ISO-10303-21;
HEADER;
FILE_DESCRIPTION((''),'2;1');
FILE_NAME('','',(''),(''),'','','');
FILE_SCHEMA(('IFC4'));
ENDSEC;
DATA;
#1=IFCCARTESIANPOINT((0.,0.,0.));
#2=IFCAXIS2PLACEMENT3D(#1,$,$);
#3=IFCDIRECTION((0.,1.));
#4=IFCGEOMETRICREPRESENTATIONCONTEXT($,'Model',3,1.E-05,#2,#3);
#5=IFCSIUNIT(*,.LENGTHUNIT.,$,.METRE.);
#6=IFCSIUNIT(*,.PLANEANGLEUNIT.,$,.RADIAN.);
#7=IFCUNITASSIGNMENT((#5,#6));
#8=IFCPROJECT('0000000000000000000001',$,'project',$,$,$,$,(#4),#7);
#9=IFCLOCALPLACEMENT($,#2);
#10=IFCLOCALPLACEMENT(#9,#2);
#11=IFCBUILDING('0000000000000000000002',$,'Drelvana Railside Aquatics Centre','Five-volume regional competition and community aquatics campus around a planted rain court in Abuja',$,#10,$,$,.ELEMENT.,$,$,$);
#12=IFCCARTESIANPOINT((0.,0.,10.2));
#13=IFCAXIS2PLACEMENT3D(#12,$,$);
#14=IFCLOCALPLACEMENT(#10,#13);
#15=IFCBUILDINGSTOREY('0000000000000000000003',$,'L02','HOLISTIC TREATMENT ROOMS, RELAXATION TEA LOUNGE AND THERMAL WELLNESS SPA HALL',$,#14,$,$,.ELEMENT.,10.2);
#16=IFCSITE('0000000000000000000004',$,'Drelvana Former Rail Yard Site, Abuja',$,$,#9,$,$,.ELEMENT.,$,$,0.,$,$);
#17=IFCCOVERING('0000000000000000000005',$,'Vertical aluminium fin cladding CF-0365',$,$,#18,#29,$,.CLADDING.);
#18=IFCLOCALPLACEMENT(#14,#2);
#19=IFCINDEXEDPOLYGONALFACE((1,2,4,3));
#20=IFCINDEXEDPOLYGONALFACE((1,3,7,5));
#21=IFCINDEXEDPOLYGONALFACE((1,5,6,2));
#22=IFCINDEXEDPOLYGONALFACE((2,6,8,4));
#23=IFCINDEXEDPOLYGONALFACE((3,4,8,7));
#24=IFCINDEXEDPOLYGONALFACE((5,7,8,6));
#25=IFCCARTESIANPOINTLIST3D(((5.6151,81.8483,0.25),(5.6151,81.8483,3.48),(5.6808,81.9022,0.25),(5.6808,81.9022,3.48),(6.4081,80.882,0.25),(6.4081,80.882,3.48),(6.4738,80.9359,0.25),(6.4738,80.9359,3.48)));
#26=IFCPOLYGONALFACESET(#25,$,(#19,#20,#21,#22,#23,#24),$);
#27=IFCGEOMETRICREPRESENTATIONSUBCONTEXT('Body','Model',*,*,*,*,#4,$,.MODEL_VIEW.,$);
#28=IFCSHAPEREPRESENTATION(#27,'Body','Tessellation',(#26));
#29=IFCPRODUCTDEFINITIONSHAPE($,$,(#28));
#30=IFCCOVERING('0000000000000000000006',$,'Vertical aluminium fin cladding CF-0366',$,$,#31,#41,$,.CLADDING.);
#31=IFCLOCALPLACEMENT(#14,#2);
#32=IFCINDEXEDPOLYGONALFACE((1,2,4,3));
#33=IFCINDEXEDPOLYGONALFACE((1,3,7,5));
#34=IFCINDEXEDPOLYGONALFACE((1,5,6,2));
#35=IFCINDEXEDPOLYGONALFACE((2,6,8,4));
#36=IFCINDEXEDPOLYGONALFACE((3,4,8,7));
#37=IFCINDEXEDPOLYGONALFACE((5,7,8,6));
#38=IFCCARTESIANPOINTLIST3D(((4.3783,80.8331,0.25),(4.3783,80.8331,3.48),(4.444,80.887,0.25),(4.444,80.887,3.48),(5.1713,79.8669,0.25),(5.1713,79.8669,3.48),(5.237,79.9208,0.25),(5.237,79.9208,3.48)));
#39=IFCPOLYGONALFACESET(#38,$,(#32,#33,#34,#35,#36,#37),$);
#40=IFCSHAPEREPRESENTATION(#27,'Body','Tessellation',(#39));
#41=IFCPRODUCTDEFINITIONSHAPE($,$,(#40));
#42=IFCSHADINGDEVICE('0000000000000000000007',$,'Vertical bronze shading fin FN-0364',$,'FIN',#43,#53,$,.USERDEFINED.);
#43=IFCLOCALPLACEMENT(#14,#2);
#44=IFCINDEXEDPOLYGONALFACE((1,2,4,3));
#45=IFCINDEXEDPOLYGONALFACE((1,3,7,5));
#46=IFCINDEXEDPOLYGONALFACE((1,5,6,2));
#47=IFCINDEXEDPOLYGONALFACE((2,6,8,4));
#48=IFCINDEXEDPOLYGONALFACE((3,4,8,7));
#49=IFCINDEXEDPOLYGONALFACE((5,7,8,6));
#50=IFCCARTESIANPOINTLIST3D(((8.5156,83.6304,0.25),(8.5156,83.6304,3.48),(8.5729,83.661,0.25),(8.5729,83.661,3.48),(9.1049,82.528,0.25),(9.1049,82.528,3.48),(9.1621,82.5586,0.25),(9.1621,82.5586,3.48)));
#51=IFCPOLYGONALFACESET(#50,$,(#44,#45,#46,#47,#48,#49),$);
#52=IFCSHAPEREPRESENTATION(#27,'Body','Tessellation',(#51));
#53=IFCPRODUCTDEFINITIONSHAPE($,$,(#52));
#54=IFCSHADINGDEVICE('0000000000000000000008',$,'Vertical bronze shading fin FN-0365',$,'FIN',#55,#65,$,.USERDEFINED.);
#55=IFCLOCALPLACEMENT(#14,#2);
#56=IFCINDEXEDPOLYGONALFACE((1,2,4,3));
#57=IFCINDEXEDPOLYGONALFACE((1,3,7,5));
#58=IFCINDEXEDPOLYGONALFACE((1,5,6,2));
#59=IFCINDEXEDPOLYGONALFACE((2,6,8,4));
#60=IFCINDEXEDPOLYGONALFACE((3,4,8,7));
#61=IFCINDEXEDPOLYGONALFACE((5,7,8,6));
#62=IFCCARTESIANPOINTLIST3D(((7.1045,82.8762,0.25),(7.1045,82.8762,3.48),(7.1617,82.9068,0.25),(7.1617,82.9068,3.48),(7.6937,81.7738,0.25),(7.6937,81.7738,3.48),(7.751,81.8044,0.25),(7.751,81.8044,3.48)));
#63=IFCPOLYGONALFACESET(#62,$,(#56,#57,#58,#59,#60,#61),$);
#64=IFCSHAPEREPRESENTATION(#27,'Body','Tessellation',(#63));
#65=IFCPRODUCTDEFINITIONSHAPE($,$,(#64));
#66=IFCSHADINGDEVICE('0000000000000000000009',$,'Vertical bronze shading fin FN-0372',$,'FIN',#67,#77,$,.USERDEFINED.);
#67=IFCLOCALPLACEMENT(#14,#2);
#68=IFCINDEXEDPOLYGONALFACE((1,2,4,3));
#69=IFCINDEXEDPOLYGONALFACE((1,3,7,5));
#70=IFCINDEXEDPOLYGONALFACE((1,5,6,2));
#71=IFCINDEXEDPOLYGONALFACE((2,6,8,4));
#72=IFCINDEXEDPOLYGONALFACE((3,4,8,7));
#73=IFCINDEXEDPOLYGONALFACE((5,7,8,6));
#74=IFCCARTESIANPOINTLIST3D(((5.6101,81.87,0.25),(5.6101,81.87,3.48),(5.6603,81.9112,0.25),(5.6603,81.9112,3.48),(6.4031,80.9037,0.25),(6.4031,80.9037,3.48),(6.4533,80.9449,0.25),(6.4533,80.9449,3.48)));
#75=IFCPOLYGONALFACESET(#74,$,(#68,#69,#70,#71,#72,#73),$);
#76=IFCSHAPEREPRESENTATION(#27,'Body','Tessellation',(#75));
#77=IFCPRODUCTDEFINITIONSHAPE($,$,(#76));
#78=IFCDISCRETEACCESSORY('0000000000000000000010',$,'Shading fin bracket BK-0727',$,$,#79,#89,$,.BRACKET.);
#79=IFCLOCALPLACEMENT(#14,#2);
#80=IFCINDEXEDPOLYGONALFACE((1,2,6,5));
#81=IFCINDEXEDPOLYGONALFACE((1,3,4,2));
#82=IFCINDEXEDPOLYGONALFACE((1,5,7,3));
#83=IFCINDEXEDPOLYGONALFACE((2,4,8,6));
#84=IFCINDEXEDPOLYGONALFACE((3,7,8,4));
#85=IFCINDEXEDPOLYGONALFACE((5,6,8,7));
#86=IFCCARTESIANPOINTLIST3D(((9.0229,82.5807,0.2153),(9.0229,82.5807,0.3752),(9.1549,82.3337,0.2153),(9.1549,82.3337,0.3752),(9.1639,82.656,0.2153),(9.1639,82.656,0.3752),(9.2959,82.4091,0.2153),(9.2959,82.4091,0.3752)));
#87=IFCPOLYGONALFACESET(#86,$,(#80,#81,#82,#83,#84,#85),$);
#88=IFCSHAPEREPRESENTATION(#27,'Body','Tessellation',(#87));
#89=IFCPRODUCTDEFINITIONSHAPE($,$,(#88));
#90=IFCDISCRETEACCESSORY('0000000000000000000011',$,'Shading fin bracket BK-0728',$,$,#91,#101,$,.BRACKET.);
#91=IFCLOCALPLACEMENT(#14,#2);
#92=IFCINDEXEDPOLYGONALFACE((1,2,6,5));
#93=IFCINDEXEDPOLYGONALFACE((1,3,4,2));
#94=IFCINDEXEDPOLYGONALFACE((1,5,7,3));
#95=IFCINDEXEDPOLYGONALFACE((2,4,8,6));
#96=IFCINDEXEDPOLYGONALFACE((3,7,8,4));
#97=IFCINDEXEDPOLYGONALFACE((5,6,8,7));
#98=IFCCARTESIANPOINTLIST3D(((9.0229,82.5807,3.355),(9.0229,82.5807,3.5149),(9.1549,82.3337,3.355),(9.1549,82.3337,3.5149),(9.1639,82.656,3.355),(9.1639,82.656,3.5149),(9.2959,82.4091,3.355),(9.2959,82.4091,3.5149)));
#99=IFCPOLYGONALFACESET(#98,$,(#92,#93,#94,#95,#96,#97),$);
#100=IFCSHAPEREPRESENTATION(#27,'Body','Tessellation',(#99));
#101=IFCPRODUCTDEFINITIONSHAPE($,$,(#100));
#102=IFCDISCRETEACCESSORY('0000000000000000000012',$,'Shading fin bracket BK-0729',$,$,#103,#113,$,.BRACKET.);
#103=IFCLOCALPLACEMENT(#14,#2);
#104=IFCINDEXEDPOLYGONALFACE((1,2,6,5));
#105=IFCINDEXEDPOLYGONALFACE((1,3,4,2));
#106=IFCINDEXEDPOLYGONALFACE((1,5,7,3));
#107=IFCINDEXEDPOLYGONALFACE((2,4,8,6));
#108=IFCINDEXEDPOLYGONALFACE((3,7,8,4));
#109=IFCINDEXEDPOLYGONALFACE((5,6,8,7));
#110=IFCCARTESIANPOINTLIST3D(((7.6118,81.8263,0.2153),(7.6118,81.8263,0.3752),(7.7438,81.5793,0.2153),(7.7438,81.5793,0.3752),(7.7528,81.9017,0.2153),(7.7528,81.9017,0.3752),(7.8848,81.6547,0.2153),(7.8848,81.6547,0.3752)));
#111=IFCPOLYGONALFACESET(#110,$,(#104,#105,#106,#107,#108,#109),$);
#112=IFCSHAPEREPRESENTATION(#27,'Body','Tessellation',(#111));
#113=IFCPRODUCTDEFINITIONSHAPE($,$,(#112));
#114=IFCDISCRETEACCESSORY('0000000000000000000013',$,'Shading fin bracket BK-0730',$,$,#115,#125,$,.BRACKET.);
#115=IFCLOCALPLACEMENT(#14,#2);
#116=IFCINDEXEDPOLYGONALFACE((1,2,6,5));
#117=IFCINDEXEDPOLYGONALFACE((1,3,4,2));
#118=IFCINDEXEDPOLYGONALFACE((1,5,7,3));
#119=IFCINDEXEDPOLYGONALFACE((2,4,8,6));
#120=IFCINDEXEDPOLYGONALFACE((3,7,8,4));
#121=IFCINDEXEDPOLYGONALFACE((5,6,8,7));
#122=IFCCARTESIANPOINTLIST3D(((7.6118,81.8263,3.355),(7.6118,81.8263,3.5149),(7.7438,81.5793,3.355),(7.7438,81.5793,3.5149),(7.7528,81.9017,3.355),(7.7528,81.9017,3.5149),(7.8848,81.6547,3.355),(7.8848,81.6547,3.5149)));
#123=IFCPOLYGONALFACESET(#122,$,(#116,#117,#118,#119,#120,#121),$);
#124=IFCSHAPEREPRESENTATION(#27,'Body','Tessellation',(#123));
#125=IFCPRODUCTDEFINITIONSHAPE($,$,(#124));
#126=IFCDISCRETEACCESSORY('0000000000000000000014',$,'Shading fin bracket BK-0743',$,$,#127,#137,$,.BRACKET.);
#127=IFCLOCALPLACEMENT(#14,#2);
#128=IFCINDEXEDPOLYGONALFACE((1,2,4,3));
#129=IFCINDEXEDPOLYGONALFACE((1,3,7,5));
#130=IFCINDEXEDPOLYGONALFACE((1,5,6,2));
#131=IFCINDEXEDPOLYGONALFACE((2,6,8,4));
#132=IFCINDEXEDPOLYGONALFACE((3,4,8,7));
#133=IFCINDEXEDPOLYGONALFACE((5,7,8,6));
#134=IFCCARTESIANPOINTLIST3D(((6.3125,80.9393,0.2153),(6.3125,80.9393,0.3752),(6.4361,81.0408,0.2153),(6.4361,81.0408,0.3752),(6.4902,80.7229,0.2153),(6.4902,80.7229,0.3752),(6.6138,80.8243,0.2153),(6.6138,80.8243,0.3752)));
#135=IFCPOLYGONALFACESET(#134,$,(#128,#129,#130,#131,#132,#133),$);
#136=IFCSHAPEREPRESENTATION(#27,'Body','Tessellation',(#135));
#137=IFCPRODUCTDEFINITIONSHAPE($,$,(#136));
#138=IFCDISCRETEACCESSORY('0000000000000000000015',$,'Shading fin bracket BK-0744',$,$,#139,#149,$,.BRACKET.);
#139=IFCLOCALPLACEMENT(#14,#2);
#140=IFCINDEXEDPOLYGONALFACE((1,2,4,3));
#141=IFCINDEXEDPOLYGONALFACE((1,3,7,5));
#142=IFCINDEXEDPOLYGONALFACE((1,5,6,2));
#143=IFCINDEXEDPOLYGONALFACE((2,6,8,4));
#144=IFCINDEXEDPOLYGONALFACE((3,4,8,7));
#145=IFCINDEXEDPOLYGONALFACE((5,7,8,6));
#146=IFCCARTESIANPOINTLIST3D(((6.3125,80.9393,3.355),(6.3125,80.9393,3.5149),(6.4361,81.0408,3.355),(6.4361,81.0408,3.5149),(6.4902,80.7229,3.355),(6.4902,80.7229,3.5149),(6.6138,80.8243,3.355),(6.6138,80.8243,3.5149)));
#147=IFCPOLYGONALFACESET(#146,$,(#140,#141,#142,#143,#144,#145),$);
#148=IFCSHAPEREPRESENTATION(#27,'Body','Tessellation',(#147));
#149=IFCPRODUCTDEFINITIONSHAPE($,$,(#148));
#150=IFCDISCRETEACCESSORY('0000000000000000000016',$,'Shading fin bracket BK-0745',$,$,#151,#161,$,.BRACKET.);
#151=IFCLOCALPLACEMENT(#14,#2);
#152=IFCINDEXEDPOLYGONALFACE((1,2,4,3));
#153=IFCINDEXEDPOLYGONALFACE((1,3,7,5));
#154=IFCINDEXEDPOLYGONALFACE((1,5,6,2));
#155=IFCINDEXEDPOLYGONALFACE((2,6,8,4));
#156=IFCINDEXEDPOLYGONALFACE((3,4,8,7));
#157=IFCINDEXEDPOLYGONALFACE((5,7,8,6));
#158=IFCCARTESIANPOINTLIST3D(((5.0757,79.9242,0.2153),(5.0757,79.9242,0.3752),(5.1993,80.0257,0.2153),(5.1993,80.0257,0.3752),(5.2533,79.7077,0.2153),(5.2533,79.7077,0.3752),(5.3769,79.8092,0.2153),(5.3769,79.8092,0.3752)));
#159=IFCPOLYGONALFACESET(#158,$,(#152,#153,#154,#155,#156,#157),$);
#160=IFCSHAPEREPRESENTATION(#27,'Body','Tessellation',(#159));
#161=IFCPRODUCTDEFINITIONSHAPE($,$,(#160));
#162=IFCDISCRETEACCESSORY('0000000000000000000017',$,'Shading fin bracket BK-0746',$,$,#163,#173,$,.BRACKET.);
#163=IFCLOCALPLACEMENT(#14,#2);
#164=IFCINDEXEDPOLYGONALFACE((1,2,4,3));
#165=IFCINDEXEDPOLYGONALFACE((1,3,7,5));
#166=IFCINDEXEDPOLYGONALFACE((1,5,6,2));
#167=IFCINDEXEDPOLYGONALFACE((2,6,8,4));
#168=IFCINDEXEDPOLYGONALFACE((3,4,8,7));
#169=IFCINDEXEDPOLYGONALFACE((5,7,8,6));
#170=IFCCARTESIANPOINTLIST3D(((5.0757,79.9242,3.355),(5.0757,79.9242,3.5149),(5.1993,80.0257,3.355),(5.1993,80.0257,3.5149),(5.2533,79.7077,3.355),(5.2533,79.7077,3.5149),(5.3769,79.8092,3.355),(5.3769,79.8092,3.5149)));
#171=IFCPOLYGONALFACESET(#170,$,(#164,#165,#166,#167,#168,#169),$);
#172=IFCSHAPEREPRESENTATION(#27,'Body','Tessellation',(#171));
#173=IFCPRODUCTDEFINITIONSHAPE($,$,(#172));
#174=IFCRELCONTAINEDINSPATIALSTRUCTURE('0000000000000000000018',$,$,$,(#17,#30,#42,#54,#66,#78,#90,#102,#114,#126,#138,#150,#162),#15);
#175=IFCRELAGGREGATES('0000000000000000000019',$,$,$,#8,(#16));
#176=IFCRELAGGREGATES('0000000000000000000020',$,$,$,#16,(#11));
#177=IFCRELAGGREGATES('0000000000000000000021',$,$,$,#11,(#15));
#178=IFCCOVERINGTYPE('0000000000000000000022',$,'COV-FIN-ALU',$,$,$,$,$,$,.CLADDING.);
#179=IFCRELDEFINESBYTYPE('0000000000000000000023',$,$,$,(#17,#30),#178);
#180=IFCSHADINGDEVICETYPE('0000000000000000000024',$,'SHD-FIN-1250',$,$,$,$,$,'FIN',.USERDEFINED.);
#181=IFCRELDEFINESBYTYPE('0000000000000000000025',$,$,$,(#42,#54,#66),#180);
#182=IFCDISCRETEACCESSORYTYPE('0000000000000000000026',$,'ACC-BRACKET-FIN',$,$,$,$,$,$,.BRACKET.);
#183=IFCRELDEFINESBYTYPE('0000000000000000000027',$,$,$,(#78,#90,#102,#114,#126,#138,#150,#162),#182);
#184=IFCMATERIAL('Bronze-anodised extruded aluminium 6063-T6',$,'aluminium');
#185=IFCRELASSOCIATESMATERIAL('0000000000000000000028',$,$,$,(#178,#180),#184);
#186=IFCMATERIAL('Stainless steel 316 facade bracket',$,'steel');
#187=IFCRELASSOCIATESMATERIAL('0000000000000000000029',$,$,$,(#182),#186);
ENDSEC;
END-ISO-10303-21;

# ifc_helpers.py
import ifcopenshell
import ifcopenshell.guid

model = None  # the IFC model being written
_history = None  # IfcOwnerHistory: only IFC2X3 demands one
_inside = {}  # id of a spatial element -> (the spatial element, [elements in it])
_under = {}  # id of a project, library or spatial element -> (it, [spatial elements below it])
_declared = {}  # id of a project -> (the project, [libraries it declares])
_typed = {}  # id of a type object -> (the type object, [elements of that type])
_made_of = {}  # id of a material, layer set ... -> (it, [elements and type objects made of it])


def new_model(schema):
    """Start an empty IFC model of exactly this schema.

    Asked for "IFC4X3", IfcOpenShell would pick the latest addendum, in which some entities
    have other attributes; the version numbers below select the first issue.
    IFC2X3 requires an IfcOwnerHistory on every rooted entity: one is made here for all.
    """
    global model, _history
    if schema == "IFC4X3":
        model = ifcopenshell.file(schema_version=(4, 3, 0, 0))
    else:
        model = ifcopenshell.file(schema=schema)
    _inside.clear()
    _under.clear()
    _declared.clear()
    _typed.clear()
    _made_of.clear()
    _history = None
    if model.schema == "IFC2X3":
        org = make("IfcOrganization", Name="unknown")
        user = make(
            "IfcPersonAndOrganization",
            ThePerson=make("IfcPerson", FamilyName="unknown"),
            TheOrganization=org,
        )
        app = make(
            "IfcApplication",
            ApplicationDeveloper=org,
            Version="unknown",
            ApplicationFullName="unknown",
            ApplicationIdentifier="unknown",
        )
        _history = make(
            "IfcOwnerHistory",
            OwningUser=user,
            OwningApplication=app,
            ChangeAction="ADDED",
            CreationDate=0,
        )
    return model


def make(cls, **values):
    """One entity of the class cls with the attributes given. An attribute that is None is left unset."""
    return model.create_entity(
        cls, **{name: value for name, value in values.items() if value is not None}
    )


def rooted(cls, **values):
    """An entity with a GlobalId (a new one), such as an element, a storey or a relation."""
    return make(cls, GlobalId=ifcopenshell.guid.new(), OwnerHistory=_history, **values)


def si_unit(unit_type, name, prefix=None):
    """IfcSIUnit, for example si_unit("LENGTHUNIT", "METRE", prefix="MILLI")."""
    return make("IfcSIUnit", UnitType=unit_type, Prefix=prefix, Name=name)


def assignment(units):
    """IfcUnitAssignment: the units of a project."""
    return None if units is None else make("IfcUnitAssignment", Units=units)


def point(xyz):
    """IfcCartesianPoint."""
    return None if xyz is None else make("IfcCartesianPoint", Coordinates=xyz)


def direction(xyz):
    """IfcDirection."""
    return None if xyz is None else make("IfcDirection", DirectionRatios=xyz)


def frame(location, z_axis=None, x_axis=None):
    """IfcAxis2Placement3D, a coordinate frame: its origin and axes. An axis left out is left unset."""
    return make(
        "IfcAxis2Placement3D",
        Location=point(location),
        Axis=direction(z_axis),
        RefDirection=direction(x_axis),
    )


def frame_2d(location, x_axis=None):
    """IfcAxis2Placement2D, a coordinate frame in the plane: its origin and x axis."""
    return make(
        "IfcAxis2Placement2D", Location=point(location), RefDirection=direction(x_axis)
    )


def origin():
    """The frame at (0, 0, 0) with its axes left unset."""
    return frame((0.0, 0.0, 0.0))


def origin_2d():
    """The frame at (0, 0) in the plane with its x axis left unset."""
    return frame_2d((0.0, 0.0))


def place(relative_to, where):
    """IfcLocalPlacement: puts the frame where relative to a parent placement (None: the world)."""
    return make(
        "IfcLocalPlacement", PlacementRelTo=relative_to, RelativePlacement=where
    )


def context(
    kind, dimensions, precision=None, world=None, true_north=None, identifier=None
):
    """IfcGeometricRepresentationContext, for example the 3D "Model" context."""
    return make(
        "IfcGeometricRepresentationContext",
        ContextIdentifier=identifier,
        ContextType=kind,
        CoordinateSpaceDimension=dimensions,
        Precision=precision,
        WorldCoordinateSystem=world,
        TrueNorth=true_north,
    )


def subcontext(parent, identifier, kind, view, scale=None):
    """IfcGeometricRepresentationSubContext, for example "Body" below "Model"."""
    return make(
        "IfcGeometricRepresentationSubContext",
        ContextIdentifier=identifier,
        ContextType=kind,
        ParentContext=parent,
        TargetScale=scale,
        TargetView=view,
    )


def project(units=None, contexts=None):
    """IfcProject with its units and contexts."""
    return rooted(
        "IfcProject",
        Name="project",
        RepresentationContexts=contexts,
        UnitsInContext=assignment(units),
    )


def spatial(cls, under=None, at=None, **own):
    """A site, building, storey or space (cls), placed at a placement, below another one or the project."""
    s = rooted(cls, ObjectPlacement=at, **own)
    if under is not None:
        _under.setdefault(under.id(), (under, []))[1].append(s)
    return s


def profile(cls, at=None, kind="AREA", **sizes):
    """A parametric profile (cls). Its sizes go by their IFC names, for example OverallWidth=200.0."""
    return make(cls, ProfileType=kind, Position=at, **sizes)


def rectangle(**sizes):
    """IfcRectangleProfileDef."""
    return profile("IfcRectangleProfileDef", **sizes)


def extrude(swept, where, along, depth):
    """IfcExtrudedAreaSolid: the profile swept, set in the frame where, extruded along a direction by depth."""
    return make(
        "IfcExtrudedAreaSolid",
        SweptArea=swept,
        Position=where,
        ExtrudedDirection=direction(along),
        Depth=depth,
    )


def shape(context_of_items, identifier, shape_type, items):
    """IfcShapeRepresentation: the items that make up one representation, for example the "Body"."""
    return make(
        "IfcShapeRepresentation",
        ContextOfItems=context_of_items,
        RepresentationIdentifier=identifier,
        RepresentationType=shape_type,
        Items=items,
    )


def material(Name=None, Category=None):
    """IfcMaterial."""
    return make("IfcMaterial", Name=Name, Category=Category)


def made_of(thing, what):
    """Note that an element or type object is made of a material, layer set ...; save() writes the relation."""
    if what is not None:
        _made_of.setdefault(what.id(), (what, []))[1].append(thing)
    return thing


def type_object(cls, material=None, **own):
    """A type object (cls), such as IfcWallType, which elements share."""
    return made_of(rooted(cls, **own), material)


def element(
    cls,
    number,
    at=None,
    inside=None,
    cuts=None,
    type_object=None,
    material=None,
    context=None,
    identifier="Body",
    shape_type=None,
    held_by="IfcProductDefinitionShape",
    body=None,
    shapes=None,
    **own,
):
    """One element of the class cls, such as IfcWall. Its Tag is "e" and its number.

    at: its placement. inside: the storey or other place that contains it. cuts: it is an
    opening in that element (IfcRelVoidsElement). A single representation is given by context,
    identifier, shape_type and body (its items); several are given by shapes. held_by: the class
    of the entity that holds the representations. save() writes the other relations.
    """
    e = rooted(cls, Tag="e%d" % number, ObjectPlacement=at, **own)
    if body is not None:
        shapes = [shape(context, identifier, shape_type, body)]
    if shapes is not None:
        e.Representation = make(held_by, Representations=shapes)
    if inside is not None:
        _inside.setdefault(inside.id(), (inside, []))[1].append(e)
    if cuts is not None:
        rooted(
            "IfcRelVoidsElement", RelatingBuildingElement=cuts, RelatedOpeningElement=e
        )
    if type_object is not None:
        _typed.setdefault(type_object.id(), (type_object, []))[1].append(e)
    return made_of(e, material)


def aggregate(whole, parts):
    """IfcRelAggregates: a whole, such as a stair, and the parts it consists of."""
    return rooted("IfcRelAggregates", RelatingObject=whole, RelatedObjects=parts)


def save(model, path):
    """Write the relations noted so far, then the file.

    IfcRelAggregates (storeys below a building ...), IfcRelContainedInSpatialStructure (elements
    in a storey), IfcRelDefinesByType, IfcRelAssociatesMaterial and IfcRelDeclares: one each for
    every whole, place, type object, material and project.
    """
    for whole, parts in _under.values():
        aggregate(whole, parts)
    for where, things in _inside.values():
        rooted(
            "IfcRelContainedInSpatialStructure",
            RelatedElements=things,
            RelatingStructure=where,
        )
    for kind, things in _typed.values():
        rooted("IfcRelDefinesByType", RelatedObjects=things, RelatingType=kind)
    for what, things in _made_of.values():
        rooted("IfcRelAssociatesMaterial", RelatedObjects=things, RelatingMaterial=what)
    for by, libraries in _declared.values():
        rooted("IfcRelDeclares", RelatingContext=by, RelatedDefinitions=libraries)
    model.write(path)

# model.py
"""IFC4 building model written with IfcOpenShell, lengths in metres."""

from ifc_helpers import new_model, si_unit, direction, frame, origin, origin_2d, place, context, subcontext, project, spatial, rectangle, extrude, material, type_object, element, save


model = new_model("IFC4")

# Units and contexts
model_context = context("Model", 3, precision=1e-05, world=origin(), true_north=direction((0.0, 1.0)))
body_context = subcontext(model_context, "Body", "Model", "MODEL_VIEW")
ifc_project = project(units=[si_unit("LENGTHUNIT", "METRE"), si_unit("PLANEANGLEUNIT", "RADIAN")], contexts=[model_context])

# Site, building, storey
site_placement = place(None, origin())
site = spatial("IfcSite", under=ifc_project, at=site_placement, Name="Drelvana Former Rail Yard Site, Abuja", CompositionType="ELEMENT", RefElevation=0.0)
building_placement = place(site_placement, origin())
building = spatial("IfcBuilding", under=site, at=building_placement, Name="Drelvana Railside Aquatics Centre", Description="Five-volume regional competition and community aquatics campus around a planted rain court in Abuja", CompositionType="ELEMENT")
storey_placement = place(building_placement, frame((0.0, 0.0, 10.2)))
storey = spatial("IfcBuildingStorey", under=building, at=storey_placement, Name="L02", Description="HOLISTIC TREATMENT ROOMS, RELAXATION TEA LOUNGE AND THERMAL WELLNESS SPA HALL", CompositionType="ELEMENT", Elevation=10.2)

# Coverings
ifc_material_1 = material(Name="Bronze-anodised extruded aluminium 6063-T6", Category="aluminium")
covering_type = type_object("IfcCoveringType", Name="COV-FIN-ALU", PredefinedType="CLADDING", material=ifc_material_1)
for number, where, z_axis, x_axis, name in (
    (1, (6.0444, 81.3921, 0.25), (0.0, 0.0, 1.0), (0.77301, 0.634393, 0.0), "Vertical aluminium fin cladding CF-0365"),
    (2, (4.8076, 80.377, 0.25), (0.0, 0.0, 1.0), (0.77301, 0.634393, 0.0), "Vertical aluminium fin cladding CF-0366"),
):
    element("IfcCovering", number, at=place(storey_placement, frame(where, z_axis=z_axis, x_axis=x_axis)), inside=storey, type_object=covering_type, Name=name, PredefinedType="CLADDING", context=body_context, shape_type="SweptSolid", body=[
        extrude(rectangle(XDim=0.085, YDim=1.25, at=origin_2d()), origin(), (0.0, 0.0, 1.0), 3.23),
    ])

# Shading devices
shading_device_type = type_object("IfcShadingDeviceType", Name="SHD-FIN-1250", ElementType="FIN", PredefinedType="USERDEFINED", material=ifc_material_1)
for number, where, z_axis, x_axis, name in (
    (3, (8.8389, 83.0945, 0.25), (0.0, 0.0, 1.0), (-0.471397, 0.881921, 0.0), "Vertical bronze shading fin FN-0364"),
    (4, (7.4277, 82.3403, 0.25), (0.0, 0.0, 1.0), (-0.471397, 0.881921, 0.0), "Vertical bronze shading fin FN-0365"),
    (5, (6.0317, 81.4075, 0.25), (0.0, 0.0, 1.0), (-0.634393, 0.77301, 0.0), "Vertical bronze shading fin FN-0372"),
):
    element("IfcShadingDevice", number, at=place(storey_placement, frame(where, z_axis=z_axis, x_axis=x_axis)), inside=storey, type_object=shading_device_type, Name=name, ObjectType="FIN", PredefinedType="USERDEFINED", context=body_context, shape_type="SweptSolid", body=[
        extrude(rectangle(XDim=1.25, YDim=0.0649, at=origin_2d()), origin(), (0.0, 0.0, 1.0), 3.23),
    ])

# Discrete accessories
ifc_material_2 = material(Name="Stainless steel 316 facade bracket", Category="steel")
discrete_accessory_type = type_object("IfcDiscreteAccessoryType", Name="ACC-BRACKET-FIN", PredefinedType="BRACKET", material=ifc_material_2)
for number, where, z_axis, x_axis, name in (
    (6, (9.1594, 82.4949, 0.2153), (0.0, 0.0, 1.0), (-0.471397, 0.881921, 0.0), "Shading fin bracket BK-0727"),
    (7, (9.1594, 82.4949, 3.355), (0.0, 0.0, 1.0), (-0.471397, 0.881921, 0.0), "Shading fin bracket BK-0728"),
    (8, (7.7483, 81.7405, 0.2153), (0.0, 0.0, 1.0), (-0.471397, 0.881921, 0.0), "Shading fin bracket BK-0729"),
    (9, (7.7483, 81.7405, 3.355), (0.0, 0.0, 1.0), (-0.471397, 0.881921, 0.0), "Shading fin bracket BK-0730"),
    (10, (6.4631, 80.8818, 0.2153), (0.0, 0.0, 1.0), (-0.634393, 0.77301, 0.0), "Shading fin bracket BK-0743"),
    (11, (6.4631, 80.8818, 3.355), (0.0, 0.0, 1.0), (-0.634393, 0.77301, 0.0), "Shading fin bracket BK-0744"),
    (12, (5.2263, 79.8667, 0.2153), (0.0, 0.0, 1.0), (-0.634393, 0.77301, 0.0), "Shading fin bracket BK-0745"),
    (13, (5.2263, 79.8667, 3.355), (0.0, 0.0, 1.0), (-0.634393, 0.77301, 0.0), "Shading fin bracket BK-0746"),
):
    element("IfcDiscreteAccessory", number, at=place(storey_placement, frame(where, z_axis=z_axis, x_axis=x_axis)), inside=storey, type_object=discrete_accessory_type, Name=name, PredefinedType="BRACKET", context=body_context, shape_type="SweptSolid", body=[
        extrude(rectangle(XDim=0.28, YDim=0.1599, at=origin_2d()), origin(), (0.0, 0.0, 1.0), 0.1599),
    ])

save(model, "model.ifc")
